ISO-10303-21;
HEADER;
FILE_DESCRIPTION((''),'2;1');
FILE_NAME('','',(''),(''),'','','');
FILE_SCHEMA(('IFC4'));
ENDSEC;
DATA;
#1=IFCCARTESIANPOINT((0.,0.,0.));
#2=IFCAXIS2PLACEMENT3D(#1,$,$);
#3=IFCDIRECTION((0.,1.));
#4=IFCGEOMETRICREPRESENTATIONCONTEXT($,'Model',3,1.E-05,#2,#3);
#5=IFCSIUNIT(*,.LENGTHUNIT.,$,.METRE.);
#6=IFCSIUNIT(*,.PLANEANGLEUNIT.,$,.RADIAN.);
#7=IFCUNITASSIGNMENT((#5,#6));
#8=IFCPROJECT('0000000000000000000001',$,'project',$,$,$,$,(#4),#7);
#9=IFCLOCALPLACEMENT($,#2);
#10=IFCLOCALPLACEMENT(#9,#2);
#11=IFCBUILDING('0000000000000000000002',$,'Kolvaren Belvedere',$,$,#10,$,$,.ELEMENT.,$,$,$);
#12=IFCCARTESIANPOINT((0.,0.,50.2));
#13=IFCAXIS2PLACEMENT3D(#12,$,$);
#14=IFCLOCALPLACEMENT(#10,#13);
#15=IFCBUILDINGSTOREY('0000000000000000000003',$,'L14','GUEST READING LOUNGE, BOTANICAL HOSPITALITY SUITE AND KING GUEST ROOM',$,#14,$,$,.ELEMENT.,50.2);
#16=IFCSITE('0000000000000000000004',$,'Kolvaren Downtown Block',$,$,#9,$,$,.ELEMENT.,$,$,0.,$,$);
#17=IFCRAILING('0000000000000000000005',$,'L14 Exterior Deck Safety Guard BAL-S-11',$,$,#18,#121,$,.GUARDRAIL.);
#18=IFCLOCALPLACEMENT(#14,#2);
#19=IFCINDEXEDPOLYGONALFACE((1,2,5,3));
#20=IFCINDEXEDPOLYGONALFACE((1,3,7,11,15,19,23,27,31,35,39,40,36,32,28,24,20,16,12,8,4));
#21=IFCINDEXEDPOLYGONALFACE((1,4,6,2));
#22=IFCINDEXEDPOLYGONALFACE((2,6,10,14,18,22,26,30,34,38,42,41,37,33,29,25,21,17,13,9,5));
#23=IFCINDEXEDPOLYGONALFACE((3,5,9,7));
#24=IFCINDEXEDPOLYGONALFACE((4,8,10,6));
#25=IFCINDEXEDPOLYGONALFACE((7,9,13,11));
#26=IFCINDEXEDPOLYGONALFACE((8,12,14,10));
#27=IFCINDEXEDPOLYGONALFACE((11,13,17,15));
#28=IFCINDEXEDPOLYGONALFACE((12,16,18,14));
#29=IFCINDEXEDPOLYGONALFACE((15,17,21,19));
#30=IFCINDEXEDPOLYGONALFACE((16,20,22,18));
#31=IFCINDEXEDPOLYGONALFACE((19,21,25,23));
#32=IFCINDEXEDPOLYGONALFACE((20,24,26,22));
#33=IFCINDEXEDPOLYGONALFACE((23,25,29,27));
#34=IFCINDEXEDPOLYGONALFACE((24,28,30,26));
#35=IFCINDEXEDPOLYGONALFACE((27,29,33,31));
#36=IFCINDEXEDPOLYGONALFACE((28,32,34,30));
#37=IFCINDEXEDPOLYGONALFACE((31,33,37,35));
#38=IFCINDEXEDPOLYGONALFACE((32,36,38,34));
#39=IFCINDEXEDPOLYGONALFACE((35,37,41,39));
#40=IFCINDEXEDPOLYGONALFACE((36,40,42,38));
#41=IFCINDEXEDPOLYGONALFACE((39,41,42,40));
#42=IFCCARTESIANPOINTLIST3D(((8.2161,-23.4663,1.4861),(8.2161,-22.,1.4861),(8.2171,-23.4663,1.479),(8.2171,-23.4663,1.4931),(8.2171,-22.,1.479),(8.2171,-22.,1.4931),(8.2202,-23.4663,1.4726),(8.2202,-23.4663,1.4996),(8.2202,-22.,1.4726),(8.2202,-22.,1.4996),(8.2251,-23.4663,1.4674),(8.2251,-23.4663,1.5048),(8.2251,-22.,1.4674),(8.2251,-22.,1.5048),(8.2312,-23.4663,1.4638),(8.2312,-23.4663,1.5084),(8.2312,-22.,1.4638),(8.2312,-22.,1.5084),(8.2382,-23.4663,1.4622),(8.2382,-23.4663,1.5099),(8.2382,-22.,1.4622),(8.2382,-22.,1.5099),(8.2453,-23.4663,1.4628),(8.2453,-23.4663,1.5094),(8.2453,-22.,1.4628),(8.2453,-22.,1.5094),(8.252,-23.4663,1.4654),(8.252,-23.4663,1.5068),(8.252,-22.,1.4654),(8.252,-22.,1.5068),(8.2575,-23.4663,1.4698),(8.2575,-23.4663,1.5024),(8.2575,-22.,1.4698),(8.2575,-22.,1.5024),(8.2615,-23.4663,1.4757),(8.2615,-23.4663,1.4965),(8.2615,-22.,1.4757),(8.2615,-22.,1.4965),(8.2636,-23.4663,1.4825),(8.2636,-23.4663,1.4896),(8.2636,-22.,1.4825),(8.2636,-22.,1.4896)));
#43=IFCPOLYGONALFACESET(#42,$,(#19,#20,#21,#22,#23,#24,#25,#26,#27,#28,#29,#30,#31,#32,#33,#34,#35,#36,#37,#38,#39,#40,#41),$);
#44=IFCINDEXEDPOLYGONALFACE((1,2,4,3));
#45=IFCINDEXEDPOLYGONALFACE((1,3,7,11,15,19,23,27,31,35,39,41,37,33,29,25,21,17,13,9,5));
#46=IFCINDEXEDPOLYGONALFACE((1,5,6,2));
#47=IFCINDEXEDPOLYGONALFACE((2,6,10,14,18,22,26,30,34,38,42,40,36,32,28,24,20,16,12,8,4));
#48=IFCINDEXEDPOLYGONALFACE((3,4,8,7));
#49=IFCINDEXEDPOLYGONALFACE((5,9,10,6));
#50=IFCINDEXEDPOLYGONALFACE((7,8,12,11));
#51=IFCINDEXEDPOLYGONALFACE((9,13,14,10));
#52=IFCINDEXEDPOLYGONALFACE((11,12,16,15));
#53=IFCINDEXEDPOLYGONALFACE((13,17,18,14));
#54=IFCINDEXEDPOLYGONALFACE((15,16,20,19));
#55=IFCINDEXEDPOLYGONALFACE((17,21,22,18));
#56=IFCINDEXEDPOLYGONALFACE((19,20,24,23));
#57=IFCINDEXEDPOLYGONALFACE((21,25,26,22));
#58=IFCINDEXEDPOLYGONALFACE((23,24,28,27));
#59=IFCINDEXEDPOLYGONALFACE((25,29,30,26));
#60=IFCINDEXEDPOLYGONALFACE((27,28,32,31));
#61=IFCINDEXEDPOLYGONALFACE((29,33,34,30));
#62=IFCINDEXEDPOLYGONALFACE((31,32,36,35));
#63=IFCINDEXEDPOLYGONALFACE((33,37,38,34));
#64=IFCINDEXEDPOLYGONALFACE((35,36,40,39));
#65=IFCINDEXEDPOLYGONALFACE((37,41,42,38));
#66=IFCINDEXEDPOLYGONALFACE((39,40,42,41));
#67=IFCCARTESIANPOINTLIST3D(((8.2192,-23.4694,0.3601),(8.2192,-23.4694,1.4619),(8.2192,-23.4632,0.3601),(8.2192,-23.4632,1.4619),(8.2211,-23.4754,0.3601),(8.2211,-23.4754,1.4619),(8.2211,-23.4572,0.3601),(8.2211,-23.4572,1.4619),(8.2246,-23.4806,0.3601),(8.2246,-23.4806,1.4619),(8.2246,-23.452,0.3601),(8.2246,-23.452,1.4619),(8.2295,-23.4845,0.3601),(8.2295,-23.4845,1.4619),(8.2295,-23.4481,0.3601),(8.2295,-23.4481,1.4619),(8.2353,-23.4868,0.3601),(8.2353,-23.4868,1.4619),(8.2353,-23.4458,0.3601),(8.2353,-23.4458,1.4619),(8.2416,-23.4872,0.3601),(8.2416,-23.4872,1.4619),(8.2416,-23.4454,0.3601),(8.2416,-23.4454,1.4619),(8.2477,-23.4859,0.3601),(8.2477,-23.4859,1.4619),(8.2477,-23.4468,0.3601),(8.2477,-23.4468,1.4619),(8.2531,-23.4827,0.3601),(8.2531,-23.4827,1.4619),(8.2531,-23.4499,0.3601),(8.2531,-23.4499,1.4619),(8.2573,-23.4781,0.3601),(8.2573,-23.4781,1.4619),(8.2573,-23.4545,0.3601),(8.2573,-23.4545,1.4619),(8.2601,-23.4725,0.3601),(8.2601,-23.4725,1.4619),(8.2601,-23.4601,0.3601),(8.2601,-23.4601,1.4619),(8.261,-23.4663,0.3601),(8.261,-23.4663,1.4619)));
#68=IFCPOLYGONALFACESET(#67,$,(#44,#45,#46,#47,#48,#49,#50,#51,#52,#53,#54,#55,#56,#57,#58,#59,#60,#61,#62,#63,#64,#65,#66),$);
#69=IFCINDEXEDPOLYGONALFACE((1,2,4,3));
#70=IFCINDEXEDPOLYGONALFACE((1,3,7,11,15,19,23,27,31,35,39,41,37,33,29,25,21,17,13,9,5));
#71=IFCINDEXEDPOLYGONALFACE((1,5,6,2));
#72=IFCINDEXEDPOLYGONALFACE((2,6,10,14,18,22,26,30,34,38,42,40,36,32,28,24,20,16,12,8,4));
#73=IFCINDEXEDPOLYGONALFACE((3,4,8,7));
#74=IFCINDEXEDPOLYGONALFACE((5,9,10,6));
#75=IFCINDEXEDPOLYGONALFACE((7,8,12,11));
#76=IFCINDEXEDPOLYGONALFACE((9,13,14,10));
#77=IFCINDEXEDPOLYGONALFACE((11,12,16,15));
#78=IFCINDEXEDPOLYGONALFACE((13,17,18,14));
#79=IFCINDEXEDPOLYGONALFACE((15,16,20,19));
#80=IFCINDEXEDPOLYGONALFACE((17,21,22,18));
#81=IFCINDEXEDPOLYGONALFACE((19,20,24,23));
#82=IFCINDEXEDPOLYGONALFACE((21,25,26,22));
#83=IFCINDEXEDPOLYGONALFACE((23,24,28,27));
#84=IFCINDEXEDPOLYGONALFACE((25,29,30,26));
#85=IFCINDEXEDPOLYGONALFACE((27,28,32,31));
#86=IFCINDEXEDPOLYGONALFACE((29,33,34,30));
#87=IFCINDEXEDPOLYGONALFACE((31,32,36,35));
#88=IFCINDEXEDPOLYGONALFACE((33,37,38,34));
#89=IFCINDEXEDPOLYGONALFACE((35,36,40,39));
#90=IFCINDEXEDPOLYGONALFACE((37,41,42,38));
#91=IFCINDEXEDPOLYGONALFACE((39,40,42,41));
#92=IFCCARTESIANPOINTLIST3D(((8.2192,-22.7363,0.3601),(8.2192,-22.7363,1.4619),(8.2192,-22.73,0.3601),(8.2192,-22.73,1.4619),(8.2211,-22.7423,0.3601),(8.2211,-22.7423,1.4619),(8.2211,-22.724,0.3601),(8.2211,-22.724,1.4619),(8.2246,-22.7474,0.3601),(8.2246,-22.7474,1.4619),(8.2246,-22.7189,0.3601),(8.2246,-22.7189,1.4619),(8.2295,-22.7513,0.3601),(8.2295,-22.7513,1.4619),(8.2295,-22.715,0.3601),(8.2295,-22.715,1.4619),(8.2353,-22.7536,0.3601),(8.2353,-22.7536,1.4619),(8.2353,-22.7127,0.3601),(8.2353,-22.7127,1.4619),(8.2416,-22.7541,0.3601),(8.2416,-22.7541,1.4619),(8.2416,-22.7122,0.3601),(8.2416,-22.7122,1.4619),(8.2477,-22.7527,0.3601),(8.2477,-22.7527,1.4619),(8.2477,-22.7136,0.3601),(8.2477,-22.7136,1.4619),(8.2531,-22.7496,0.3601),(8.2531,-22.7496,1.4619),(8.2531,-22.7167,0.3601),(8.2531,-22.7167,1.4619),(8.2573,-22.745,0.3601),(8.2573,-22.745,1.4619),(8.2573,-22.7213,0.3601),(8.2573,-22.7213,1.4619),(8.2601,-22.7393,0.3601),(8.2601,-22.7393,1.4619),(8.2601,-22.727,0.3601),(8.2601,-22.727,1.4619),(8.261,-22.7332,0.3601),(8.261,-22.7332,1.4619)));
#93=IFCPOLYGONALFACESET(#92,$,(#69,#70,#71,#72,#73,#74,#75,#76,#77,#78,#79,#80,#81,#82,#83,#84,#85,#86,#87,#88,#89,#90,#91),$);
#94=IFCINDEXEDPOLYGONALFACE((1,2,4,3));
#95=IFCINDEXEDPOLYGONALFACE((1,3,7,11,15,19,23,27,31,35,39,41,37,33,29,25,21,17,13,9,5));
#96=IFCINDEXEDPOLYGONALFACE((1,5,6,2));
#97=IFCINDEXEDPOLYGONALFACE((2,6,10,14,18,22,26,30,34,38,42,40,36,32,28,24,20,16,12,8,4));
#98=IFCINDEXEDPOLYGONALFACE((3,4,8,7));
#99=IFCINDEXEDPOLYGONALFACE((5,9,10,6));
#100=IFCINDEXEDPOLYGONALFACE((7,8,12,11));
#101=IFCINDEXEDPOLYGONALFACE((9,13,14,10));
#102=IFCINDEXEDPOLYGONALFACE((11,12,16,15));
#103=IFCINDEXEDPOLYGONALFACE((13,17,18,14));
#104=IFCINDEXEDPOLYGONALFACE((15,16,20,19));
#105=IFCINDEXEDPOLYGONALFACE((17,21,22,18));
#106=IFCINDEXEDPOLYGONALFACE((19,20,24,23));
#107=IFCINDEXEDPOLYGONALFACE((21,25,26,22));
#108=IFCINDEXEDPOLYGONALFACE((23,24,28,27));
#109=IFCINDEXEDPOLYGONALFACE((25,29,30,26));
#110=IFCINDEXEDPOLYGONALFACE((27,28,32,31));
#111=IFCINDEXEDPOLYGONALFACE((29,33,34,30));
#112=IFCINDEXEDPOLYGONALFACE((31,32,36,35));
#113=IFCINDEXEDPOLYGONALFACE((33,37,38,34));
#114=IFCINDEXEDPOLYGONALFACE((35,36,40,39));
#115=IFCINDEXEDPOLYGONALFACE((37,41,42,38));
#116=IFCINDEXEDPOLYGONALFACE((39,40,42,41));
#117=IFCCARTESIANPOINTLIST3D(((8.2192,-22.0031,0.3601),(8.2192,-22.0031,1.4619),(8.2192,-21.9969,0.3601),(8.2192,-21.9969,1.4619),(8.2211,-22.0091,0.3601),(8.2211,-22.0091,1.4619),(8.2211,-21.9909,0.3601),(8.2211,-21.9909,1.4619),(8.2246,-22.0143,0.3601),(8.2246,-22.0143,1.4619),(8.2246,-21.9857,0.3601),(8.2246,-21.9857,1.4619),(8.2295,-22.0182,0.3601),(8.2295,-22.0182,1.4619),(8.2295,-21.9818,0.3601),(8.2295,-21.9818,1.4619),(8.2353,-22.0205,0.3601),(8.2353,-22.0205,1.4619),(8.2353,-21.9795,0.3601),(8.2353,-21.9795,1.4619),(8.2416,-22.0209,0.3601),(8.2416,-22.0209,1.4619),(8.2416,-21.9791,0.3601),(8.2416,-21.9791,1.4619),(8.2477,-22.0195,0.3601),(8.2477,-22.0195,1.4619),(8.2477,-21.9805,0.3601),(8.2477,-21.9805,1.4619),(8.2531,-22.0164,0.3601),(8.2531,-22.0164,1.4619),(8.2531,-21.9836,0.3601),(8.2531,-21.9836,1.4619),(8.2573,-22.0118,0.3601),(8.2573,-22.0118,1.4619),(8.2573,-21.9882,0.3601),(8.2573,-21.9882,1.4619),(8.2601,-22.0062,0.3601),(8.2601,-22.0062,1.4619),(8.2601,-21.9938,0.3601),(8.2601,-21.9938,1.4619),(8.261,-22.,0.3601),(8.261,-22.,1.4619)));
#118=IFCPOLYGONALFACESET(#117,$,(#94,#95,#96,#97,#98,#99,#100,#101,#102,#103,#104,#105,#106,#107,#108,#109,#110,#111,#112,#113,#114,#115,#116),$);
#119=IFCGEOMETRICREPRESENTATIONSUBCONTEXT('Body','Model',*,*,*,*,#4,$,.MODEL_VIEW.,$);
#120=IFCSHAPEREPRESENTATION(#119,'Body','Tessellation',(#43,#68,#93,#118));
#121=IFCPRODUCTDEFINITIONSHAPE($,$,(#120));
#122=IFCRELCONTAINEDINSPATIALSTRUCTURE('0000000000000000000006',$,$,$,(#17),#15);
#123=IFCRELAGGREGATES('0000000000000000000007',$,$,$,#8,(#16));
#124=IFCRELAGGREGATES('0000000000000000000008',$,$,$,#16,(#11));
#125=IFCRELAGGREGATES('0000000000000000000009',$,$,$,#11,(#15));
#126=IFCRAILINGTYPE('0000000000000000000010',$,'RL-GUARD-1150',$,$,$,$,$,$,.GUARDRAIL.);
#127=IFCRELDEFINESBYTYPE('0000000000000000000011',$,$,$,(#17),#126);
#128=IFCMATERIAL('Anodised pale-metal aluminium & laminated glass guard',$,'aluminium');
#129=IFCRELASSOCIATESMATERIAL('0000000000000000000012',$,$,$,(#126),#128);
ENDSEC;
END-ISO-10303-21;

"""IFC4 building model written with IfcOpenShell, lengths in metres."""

from ifc_helpers import new_model, si_unit, direction, frame, origin, origin_2d, place, context, subcontext, project, spatial, circle, extrude, material, type_object, element, save


model = new_model("IFC4")

# Units and contexts
model_context = context("Model", 3, precision=1e-05, world=origin(), true_north=direction((0.0, 1.0)))
body_context = subcontext(model_context, "Body", "Model", "MODEL_VIEW")
ifc_project = project(units=[si_unit("LENGTHUNIT", "METRE"), si_unit("PLANEANGLEUNIT", "RADIAN")], contexts=[model_context])

# Site, building, storey
site_placement = place(None, origin())
site = spatial("IfcSite", under=ifc_project, at=site_placement, Name="Kolvaren Downtown Block", CompositionType="ELEMENT", RefElevation=0.0)
building_placement = place(site_placement, origin())
building = spatial("IfcBuilding", under=site, at=building_placement, Name="Kolvaren Belvedere", CompositionType="ELEMENT")
storey_placement = place(building_placement, frame((0.0, 0.0, 50.2)))
storey = spatial("IfcBuildingStorey", under=building, at=storey_placement, Name="L14", Description="GUEST READING LOUNGE, BOTANICAL HOSPITALITY SUITE AND KING GUEST ROOM", CompositionType="ELEMENT", Elevation=50.2)

# Railing
ifc_material_1 = material(Name="Anodised pale-metal aluminium & laminated glass guard", Category="aluminium")
railing_type = type_object("IfcRailingType", Name="RL-GUARD-1150", PredefinedType="GUARDRAIL", material=ifc_material_1)
railing_1_placement = place(storey_placement, frame((8.24, -23.4663, 0.3601)))
element("IfcRailing", 1, at=railing_1_placement, inside=storey, type_object=railing_type, Name="L14 Exterior Deck Safety Guard BAL-S-11", PredefinedType="GUARDRAIL", context=body_context, shape_type="SweptSolid", body=[
    extrude(circle(Radius=0.0239, at=origin_2d()), frame((0.0, 0.0, 1.126), z_axis=(0.0, 1.0, 0.0), x_axis=(-1.0, 0.0, 0.0)), (0.0, 0.0, 1.0), 1.4663),
    extrude(circle(Radius=0.021, at=origin_2d()), origin(), (0.0, 0.0, 1.0), 1.1018),
    extrude(circle(Radius=0.021, at=origin_2d()), frame((0.0, 0.7332, 0.0)), (0.0, 0.0, 1.0), 1.1018),
    extrude(circle(Radius=0.021, at=origin_2d()), frame((0.0, 1.4663, 0.0)), (0.0, 0.0, 1.0), 1.1018),
])

save(model, "model.ifc")
